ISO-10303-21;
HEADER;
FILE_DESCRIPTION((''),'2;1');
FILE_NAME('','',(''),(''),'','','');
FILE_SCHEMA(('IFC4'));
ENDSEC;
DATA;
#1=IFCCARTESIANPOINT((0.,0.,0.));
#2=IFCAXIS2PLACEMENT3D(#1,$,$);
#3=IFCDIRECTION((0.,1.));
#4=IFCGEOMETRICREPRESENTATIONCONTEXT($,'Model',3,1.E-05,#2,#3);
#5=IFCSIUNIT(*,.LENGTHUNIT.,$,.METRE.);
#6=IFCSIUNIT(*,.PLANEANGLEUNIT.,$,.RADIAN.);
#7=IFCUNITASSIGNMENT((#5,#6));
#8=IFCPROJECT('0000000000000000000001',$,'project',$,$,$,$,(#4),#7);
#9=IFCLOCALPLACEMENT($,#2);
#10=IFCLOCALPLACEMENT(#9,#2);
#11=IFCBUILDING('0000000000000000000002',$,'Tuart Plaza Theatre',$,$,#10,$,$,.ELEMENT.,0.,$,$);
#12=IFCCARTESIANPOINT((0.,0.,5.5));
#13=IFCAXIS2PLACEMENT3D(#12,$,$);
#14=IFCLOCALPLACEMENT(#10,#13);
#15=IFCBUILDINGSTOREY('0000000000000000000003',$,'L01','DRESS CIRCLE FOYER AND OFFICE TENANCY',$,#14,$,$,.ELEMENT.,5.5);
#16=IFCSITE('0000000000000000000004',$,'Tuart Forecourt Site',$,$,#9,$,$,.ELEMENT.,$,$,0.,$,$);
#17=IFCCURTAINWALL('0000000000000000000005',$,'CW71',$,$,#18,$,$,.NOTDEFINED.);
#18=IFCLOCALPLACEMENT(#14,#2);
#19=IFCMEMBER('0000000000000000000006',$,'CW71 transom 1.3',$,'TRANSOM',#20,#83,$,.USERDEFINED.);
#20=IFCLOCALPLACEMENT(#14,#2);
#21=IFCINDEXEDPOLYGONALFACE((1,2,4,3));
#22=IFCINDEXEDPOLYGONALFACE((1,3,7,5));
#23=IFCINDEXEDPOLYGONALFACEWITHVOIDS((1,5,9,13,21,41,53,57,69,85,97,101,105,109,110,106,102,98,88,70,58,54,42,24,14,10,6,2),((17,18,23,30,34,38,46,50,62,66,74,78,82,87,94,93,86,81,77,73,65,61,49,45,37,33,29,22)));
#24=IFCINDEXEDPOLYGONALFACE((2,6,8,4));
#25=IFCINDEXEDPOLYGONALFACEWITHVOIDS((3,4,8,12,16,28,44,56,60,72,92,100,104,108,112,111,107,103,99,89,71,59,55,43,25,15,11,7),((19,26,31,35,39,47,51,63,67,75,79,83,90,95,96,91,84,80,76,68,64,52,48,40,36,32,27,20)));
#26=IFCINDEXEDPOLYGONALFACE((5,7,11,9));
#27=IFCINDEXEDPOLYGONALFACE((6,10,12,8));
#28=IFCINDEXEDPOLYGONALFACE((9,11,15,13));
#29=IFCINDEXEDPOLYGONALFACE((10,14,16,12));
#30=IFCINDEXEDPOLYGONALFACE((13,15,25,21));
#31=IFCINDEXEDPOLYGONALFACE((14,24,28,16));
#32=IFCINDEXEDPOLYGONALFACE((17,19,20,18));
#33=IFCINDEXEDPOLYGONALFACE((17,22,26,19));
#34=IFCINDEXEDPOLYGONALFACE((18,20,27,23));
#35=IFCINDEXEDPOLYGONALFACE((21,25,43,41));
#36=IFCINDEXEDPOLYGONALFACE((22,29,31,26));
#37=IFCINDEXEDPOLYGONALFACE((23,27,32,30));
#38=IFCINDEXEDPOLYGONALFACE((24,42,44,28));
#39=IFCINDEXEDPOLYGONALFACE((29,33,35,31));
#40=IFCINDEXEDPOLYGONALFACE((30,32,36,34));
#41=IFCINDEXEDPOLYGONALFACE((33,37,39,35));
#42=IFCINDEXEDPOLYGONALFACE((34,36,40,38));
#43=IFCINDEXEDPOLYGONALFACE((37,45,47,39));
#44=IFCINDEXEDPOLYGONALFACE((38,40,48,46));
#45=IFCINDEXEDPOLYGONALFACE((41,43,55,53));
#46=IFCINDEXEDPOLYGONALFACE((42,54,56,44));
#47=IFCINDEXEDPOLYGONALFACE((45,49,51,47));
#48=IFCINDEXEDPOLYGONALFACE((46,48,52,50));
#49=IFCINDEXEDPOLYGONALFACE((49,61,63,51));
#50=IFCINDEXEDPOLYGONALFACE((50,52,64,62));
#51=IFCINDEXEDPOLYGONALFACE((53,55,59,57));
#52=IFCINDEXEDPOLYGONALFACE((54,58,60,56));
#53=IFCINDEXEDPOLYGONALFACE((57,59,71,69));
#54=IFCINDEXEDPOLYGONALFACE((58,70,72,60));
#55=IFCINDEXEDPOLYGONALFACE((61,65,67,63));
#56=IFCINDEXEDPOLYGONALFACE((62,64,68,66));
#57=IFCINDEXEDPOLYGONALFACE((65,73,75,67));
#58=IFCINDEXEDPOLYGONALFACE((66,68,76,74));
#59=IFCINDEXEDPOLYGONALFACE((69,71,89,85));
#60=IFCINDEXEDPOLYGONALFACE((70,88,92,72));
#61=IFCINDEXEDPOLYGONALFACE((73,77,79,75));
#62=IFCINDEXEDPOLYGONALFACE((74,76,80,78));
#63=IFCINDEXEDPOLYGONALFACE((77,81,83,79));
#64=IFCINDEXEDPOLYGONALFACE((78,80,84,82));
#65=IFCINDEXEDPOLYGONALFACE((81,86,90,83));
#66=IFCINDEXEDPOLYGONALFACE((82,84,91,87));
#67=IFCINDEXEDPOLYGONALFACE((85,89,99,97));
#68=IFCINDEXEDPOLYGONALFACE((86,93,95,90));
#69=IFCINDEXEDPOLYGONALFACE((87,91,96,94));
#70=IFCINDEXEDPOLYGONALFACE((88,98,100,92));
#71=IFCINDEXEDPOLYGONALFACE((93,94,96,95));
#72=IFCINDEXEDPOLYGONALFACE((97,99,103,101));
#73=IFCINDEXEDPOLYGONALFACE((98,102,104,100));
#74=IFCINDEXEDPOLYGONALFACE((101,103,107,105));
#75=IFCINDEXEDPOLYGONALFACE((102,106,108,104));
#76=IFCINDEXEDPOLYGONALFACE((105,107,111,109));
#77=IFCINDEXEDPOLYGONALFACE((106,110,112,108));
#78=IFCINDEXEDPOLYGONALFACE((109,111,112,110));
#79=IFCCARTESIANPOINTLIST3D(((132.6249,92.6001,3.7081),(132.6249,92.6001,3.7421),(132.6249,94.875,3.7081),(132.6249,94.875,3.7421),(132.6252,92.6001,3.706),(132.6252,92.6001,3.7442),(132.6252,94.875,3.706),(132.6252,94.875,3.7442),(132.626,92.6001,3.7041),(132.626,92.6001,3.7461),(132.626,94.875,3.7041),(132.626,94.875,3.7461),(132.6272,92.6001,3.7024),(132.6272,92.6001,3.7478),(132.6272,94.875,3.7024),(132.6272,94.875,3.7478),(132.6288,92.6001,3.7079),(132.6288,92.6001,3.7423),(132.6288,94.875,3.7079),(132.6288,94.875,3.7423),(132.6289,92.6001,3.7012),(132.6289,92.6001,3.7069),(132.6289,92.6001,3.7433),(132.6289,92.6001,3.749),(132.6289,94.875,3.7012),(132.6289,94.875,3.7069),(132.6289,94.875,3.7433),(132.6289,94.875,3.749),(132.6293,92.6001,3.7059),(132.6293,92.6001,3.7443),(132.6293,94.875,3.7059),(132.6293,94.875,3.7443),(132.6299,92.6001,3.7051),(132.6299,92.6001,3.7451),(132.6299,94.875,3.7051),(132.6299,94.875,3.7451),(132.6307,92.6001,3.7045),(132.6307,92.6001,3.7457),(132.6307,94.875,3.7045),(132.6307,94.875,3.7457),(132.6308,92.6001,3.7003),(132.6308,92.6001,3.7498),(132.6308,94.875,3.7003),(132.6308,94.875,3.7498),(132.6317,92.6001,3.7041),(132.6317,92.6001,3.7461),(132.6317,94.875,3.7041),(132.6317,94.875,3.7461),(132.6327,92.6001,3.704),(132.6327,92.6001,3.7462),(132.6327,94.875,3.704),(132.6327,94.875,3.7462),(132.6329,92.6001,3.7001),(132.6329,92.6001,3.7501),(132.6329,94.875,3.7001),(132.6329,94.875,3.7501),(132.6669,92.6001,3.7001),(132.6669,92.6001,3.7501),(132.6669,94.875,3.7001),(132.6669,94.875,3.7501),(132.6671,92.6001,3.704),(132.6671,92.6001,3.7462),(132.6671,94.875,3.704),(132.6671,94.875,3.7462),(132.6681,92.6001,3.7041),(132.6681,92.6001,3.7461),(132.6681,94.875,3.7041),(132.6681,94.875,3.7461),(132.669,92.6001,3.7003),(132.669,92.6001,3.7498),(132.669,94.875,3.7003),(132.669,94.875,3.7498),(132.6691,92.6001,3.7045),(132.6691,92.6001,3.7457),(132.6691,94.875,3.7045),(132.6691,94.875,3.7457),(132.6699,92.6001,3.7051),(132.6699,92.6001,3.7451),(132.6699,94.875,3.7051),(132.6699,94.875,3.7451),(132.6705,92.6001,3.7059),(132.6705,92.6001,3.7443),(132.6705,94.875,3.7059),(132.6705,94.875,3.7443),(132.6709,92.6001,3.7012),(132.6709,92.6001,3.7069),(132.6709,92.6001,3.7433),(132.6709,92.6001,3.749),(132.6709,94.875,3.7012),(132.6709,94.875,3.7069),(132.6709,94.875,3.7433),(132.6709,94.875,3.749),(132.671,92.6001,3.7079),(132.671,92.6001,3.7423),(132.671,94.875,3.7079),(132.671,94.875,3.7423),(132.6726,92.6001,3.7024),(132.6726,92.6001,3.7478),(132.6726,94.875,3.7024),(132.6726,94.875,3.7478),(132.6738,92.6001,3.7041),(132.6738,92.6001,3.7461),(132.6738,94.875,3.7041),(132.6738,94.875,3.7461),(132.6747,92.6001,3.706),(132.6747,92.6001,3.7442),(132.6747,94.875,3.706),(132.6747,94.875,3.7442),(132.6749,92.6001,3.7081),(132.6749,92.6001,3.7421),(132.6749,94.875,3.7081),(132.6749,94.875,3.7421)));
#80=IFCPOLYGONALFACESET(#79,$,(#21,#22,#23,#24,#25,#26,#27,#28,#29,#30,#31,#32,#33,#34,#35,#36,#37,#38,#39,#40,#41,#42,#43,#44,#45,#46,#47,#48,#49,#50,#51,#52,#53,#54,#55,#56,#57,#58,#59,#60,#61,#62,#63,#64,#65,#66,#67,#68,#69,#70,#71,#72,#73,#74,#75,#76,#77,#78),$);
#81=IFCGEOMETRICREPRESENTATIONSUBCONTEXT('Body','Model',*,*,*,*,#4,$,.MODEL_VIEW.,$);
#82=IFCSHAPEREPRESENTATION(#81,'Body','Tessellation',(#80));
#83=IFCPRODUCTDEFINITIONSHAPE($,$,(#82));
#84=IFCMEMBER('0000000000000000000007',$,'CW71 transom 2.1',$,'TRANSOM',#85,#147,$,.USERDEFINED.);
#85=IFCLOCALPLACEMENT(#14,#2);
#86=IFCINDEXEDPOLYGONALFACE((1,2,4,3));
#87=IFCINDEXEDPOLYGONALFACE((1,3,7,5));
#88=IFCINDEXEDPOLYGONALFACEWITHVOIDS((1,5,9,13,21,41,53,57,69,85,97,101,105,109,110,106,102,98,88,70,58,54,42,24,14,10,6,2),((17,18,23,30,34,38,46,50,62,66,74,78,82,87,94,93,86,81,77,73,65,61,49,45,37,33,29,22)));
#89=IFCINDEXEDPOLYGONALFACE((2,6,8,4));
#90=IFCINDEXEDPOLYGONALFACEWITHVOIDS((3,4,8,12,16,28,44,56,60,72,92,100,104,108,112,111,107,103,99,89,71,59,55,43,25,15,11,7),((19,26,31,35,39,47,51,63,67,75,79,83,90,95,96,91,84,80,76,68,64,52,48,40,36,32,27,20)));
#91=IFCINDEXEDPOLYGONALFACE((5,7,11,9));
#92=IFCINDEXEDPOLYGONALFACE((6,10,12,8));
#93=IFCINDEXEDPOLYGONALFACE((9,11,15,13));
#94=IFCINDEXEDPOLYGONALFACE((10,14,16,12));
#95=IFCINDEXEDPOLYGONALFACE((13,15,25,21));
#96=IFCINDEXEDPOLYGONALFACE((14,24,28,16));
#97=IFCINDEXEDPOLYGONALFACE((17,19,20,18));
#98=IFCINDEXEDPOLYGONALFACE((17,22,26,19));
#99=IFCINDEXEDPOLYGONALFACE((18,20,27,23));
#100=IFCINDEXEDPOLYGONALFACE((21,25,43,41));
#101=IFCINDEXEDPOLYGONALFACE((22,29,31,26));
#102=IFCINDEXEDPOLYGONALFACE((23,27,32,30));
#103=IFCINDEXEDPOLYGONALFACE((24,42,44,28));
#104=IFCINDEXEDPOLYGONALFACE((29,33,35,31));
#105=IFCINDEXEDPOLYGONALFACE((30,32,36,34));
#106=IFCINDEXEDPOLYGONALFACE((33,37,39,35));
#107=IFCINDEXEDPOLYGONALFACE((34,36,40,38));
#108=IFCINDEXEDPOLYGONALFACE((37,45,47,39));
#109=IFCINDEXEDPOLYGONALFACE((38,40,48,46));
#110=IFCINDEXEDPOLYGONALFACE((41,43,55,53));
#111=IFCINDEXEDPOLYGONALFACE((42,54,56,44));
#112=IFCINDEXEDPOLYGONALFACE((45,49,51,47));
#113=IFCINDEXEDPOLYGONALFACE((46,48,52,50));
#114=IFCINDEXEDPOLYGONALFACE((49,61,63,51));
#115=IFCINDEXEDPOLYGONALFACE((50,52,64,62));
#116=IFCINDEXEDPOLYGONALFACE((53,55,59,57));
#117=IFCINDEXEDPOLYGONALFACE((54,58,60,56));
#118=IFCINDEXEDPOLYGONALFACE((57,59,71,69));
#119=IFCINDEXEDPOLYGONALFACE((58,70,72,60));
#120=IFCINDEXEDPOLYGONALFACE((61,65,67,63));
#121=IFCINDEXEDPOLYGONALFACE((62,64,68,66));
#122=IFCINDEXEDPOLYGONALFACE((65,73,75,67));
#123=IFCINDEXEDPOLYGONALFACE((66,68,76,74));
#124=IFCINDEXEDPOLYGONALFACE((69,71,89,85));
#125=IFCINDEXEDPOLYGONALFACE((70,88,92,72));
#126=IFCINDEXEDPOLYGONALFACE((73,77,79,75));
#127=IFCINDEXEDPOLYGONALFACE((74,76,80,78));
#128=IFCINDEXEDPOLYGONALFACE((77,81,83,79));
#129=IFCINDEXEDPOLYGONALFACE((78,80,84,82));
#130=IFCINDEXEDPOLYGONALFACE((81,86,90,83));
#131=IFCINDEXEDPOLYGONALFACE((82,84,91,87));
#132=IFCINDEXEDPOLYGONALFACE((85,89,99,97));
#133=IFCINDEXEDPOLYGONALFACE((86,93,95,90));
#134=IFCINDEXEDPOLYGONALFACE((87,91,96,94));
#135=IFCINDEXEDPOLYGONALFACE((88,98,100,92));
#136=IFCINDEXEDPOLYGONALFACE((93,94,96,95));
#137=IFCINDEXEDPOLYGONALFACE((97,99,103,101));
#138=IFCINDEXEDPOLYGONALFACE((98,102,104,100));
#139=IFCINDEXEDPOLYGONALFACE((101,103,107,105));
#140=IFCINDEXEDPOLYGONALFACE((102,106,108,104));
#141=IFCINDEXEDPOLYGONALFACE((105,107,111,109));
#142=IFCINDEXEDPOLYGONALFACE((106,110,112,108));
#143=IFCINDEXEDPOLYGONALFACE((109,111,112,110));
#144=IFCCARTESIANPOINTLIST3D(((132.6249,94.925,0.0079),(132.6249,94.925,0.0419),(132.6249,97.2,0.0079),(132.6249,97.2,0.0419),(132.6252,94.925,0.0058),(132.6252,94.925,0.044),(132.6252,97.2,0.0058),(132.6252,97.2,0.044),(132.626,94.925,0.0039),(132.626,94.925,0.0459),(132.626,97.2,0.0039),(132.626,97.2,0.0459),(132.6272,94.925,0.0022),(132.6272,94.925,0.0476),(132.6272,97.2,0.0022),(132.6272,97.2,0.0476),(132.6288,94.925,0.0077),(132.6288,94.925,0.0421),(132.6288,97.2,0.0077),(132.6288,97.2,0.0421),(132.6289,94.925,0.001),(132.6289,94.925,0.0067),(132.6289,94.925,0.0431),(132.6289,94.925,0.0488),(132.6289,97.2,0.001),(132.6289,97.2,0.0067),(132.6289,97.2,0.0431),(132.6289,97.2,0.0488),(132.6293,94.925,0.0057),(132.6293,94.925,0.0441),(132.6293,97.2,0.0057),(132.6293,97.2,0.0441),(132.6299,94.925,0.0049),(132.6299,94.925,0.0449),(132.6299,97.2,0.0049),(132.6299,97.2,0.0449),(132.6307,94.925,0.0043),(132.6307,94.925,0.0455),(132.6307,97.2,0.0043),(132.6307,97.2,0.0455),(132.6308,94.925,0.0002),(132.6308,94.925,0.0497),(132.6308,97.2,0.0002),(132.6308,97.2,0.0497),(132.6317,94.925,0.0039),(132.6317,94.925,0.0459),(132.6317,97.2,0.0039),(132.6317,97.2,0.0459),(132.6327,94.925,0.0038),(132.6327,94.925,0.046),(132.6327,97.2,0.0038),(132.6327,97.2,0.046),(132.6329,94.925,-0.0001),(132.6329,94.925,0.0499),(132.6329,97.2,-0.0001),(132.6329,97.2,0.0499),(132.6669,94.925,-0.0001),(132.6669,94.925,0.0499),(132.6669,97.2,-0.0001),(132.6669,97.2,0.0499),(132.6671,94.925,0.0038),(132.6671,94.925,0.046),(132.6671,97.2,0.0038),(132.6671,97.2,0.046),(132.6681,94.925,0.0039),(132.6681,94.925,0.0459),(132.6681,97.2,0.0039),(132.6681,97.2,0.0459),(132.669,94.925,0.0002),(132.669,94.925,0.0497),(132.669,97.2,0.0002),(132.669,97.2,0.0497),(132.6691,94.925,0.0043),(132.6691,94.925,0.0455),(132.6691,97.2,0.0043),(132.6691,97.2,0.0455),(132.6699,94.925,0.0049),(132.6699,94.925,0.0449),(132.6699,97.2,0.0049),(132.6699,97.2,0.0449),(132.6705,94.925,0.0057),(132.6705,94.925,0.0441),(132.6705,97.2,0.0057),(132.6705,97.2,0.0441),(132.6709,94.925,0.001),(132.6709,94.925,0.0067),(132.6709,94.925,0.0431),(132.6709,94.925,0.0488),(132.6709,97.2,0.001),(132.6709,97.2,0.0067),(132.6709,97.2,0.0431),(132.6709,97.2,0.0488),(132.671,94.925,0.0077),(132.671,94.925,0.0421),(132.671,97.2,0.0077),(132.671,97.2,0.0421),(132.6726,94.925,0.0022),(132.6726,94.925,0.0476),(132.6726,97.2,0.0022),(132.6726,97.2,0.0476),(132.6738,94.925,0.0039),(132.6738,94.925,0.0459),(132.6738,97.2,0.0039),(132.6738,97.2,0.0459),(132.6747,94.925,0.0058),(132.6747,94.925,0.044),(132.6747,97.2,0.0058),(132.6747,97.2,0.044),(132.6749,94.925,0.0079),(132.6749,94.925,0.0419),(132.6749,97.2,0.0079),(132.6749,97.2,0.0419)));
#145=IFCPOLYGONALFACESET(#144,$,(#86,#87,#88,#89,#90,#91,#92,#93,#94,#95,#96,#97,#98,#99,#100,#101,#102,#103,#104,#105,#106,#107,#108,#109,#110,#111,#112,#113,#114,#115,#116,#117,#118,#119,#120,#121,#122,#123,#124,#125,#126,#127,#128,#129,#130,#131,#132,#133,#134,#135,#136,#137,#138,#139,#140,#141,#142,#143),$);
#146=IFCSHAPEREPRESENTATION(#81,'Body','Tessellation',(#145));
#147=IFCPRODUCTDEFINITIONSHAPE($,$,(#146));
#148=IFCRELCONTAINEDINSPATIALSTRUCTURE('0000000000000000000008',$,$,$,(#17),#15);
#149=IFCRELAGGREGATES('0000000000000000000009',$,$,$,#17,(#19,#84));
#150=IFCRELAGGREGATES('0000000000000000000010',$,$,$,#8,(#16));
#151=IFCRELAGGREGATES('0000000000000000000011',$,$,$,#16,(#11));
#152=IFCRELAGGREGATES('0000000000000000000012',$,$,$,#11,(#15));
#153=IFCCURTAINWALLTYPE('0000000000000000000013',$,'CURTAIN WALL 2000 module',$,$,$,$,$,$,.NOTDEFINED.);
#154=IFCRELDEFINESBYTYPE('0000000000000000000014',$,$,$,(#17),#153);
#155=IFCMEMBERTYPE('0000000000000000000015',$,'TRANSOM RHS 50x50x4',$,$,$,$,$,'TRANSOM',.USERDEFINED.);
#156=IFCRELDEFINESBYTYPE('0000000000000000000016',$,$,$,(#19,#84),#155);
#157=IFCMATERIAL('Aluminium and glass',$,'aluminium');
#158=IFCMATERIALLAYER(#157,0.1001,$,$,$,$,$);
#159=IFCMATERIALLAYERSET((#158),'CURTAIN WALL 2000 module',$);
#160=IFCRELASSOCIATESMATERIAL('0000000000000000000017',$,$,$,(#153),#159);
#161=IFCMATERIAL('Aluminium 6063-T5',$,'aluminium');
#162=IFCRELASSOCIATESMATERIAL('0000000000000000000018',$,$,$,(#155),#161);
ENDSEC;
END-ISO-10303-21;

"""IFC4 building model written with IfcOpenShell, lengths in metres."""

from ifc_helpers import new_model, si_unit, direction, frame, origin, origin_2d, place, context, subcontext, project, spatial, hollow_rectangle, extrude, material, layer, layer_set, material_profile, profile_set, type_object, element, aggregate, save


model = new_model("IFC4")

# Units and contexts
model_context = context("Model", 3, precision=1e-05, world=origin(), true_north=direction((0.0, 1.0)))
body_context = subcontext(model_context, "Body", "Model", "MODEL_VIEW")
ifc_project = project(units=[si_unit("LENGTHUNIT", "METRE"), si_unit("PLANEANGLEUNIT", "RADIAN")], contexts=[model_context])

# Site, building, storey
site_placement = place(None, origin())
site = spatial("IfcSite", under=ifc_project, at=site_placement, Name="Tuart Forecourt Site", CompositionType="ELEMENT", RefElevation=0.0)
building_placement = place(site_placement, origin())
building = spatial("IfcBuilding", under=site, at=building_placement, Name="Tuart Plaza Theatre", CompositionType="ELEMENT", ElevationOfRefHeight=0.0)
storey_placement = place(building_placement, frame((0.0, 0.0, 5.5)))
storey = spatial("IfcBuildingStorey", under=building, at=storey_placement, Name="L01", Description="DRESS CIRCLE FOYER AND OFFICE TENANCY", CompositionType="ELEMENT", Elevation=5.5)

# Curtain wall
ifc_material_1 = material(Name="Aluminium and glass", Category="aluminium")
ifc_layer_1 = layer(ifc_material_1, 0.1001)
ifc_layer_set_1 = layer_set([ifc_layer_1], Name="CURTAIN WALL 2000 module")
curtain_wall_type = type_object("IfcCurtainWallType", Name="CURTAIN WALL 2000 module", PredefinedType="NOTDEFINED", material=ifc_layer_set_1)
curtain_wall_1_placement = place(storey_placement, origin())
curtain_wall_1 = element("IfcCurtainWall", 1, at=curtain_wall_1_placement, inside=storey, type_object=curtain_wall_type, Name="CW71", PredefinedType="NOTDEFINED")

# Members
ifc_material_2 = material(Name="Aluminium 6063-T5", Category="aluminium")
ifc_material_profile_1 = material_profile(ifc_material_2, hollow_rectangle(XDim=0.05, YDim=0.05, WallThickness=0.0039, InnerFilletRadius=0.0039, OuterFilletRadius=0.0081, at=origin_2d()), Name="RHS 50x50x4")
ifc_profile_set_1 = profile_set([ifc_material_profile_1], Name="Aluminium 6063-T5")
member_type_1 = type_object("IfcMemberType", Name="TRANSOM RHS 50x50x4", ElementType="TRANSOM", PredefinedType="USERDEFINED", material=ifc_profile_set_1)
member_1_placement = place(storey_placement, frame((132.6499, 92.6001, 3.7251), z_axis=(0.0, 1.0, 0.0), x_axis=(-1.0, 0.0, 0.0)))
member_1 = element("IfcMember", 2, at=member_1_placement, type_object=member_type_1, Name="CW71 transom 1.3", ObjectType="TRANSOM", PredefinedType="USERDEFINED", context=body_context, shape_type="SweptSolid", body=[
    extrude(hollow_rectangle(XDim=0.05, YDim=0.05, WallThickness=0.0039, InnerFilletRadius=0.0039, OuterFilletRadius=0.0081, at=origin_2d()), origin(), (0.0, 0.0, 1.0), 2.2749),
])
member_2_placement = place(storey_placement, frame((132.6499, 94.925, 0.0249), z_axis=(0.0, 1.0, 0.0), x_axis=(-1.0, 0.0, 0.0)))
member_2 = element("IfcMember", 3, at=member_2_placement, type_object=member_type_1, Name="CW71 transom 2.1", ObjectType="TRANSOM", PredefinedType="USERDEFINED", context=body_context, shape_type="SweptSolid", body=[
    extrude(hollow_rectangle(XDim=0.05, YDim=0.05, WallThickness=0.0039, InnerFilletRadius=0.0039, OuterFilletRadius=0.0081, at=origin_2d()), origin(), (0.0, 0.0, 1.0), 2.2749),
])

aggregate(curtain_wall_1, [member_1, member_2])

save(model, "model.ifc")
